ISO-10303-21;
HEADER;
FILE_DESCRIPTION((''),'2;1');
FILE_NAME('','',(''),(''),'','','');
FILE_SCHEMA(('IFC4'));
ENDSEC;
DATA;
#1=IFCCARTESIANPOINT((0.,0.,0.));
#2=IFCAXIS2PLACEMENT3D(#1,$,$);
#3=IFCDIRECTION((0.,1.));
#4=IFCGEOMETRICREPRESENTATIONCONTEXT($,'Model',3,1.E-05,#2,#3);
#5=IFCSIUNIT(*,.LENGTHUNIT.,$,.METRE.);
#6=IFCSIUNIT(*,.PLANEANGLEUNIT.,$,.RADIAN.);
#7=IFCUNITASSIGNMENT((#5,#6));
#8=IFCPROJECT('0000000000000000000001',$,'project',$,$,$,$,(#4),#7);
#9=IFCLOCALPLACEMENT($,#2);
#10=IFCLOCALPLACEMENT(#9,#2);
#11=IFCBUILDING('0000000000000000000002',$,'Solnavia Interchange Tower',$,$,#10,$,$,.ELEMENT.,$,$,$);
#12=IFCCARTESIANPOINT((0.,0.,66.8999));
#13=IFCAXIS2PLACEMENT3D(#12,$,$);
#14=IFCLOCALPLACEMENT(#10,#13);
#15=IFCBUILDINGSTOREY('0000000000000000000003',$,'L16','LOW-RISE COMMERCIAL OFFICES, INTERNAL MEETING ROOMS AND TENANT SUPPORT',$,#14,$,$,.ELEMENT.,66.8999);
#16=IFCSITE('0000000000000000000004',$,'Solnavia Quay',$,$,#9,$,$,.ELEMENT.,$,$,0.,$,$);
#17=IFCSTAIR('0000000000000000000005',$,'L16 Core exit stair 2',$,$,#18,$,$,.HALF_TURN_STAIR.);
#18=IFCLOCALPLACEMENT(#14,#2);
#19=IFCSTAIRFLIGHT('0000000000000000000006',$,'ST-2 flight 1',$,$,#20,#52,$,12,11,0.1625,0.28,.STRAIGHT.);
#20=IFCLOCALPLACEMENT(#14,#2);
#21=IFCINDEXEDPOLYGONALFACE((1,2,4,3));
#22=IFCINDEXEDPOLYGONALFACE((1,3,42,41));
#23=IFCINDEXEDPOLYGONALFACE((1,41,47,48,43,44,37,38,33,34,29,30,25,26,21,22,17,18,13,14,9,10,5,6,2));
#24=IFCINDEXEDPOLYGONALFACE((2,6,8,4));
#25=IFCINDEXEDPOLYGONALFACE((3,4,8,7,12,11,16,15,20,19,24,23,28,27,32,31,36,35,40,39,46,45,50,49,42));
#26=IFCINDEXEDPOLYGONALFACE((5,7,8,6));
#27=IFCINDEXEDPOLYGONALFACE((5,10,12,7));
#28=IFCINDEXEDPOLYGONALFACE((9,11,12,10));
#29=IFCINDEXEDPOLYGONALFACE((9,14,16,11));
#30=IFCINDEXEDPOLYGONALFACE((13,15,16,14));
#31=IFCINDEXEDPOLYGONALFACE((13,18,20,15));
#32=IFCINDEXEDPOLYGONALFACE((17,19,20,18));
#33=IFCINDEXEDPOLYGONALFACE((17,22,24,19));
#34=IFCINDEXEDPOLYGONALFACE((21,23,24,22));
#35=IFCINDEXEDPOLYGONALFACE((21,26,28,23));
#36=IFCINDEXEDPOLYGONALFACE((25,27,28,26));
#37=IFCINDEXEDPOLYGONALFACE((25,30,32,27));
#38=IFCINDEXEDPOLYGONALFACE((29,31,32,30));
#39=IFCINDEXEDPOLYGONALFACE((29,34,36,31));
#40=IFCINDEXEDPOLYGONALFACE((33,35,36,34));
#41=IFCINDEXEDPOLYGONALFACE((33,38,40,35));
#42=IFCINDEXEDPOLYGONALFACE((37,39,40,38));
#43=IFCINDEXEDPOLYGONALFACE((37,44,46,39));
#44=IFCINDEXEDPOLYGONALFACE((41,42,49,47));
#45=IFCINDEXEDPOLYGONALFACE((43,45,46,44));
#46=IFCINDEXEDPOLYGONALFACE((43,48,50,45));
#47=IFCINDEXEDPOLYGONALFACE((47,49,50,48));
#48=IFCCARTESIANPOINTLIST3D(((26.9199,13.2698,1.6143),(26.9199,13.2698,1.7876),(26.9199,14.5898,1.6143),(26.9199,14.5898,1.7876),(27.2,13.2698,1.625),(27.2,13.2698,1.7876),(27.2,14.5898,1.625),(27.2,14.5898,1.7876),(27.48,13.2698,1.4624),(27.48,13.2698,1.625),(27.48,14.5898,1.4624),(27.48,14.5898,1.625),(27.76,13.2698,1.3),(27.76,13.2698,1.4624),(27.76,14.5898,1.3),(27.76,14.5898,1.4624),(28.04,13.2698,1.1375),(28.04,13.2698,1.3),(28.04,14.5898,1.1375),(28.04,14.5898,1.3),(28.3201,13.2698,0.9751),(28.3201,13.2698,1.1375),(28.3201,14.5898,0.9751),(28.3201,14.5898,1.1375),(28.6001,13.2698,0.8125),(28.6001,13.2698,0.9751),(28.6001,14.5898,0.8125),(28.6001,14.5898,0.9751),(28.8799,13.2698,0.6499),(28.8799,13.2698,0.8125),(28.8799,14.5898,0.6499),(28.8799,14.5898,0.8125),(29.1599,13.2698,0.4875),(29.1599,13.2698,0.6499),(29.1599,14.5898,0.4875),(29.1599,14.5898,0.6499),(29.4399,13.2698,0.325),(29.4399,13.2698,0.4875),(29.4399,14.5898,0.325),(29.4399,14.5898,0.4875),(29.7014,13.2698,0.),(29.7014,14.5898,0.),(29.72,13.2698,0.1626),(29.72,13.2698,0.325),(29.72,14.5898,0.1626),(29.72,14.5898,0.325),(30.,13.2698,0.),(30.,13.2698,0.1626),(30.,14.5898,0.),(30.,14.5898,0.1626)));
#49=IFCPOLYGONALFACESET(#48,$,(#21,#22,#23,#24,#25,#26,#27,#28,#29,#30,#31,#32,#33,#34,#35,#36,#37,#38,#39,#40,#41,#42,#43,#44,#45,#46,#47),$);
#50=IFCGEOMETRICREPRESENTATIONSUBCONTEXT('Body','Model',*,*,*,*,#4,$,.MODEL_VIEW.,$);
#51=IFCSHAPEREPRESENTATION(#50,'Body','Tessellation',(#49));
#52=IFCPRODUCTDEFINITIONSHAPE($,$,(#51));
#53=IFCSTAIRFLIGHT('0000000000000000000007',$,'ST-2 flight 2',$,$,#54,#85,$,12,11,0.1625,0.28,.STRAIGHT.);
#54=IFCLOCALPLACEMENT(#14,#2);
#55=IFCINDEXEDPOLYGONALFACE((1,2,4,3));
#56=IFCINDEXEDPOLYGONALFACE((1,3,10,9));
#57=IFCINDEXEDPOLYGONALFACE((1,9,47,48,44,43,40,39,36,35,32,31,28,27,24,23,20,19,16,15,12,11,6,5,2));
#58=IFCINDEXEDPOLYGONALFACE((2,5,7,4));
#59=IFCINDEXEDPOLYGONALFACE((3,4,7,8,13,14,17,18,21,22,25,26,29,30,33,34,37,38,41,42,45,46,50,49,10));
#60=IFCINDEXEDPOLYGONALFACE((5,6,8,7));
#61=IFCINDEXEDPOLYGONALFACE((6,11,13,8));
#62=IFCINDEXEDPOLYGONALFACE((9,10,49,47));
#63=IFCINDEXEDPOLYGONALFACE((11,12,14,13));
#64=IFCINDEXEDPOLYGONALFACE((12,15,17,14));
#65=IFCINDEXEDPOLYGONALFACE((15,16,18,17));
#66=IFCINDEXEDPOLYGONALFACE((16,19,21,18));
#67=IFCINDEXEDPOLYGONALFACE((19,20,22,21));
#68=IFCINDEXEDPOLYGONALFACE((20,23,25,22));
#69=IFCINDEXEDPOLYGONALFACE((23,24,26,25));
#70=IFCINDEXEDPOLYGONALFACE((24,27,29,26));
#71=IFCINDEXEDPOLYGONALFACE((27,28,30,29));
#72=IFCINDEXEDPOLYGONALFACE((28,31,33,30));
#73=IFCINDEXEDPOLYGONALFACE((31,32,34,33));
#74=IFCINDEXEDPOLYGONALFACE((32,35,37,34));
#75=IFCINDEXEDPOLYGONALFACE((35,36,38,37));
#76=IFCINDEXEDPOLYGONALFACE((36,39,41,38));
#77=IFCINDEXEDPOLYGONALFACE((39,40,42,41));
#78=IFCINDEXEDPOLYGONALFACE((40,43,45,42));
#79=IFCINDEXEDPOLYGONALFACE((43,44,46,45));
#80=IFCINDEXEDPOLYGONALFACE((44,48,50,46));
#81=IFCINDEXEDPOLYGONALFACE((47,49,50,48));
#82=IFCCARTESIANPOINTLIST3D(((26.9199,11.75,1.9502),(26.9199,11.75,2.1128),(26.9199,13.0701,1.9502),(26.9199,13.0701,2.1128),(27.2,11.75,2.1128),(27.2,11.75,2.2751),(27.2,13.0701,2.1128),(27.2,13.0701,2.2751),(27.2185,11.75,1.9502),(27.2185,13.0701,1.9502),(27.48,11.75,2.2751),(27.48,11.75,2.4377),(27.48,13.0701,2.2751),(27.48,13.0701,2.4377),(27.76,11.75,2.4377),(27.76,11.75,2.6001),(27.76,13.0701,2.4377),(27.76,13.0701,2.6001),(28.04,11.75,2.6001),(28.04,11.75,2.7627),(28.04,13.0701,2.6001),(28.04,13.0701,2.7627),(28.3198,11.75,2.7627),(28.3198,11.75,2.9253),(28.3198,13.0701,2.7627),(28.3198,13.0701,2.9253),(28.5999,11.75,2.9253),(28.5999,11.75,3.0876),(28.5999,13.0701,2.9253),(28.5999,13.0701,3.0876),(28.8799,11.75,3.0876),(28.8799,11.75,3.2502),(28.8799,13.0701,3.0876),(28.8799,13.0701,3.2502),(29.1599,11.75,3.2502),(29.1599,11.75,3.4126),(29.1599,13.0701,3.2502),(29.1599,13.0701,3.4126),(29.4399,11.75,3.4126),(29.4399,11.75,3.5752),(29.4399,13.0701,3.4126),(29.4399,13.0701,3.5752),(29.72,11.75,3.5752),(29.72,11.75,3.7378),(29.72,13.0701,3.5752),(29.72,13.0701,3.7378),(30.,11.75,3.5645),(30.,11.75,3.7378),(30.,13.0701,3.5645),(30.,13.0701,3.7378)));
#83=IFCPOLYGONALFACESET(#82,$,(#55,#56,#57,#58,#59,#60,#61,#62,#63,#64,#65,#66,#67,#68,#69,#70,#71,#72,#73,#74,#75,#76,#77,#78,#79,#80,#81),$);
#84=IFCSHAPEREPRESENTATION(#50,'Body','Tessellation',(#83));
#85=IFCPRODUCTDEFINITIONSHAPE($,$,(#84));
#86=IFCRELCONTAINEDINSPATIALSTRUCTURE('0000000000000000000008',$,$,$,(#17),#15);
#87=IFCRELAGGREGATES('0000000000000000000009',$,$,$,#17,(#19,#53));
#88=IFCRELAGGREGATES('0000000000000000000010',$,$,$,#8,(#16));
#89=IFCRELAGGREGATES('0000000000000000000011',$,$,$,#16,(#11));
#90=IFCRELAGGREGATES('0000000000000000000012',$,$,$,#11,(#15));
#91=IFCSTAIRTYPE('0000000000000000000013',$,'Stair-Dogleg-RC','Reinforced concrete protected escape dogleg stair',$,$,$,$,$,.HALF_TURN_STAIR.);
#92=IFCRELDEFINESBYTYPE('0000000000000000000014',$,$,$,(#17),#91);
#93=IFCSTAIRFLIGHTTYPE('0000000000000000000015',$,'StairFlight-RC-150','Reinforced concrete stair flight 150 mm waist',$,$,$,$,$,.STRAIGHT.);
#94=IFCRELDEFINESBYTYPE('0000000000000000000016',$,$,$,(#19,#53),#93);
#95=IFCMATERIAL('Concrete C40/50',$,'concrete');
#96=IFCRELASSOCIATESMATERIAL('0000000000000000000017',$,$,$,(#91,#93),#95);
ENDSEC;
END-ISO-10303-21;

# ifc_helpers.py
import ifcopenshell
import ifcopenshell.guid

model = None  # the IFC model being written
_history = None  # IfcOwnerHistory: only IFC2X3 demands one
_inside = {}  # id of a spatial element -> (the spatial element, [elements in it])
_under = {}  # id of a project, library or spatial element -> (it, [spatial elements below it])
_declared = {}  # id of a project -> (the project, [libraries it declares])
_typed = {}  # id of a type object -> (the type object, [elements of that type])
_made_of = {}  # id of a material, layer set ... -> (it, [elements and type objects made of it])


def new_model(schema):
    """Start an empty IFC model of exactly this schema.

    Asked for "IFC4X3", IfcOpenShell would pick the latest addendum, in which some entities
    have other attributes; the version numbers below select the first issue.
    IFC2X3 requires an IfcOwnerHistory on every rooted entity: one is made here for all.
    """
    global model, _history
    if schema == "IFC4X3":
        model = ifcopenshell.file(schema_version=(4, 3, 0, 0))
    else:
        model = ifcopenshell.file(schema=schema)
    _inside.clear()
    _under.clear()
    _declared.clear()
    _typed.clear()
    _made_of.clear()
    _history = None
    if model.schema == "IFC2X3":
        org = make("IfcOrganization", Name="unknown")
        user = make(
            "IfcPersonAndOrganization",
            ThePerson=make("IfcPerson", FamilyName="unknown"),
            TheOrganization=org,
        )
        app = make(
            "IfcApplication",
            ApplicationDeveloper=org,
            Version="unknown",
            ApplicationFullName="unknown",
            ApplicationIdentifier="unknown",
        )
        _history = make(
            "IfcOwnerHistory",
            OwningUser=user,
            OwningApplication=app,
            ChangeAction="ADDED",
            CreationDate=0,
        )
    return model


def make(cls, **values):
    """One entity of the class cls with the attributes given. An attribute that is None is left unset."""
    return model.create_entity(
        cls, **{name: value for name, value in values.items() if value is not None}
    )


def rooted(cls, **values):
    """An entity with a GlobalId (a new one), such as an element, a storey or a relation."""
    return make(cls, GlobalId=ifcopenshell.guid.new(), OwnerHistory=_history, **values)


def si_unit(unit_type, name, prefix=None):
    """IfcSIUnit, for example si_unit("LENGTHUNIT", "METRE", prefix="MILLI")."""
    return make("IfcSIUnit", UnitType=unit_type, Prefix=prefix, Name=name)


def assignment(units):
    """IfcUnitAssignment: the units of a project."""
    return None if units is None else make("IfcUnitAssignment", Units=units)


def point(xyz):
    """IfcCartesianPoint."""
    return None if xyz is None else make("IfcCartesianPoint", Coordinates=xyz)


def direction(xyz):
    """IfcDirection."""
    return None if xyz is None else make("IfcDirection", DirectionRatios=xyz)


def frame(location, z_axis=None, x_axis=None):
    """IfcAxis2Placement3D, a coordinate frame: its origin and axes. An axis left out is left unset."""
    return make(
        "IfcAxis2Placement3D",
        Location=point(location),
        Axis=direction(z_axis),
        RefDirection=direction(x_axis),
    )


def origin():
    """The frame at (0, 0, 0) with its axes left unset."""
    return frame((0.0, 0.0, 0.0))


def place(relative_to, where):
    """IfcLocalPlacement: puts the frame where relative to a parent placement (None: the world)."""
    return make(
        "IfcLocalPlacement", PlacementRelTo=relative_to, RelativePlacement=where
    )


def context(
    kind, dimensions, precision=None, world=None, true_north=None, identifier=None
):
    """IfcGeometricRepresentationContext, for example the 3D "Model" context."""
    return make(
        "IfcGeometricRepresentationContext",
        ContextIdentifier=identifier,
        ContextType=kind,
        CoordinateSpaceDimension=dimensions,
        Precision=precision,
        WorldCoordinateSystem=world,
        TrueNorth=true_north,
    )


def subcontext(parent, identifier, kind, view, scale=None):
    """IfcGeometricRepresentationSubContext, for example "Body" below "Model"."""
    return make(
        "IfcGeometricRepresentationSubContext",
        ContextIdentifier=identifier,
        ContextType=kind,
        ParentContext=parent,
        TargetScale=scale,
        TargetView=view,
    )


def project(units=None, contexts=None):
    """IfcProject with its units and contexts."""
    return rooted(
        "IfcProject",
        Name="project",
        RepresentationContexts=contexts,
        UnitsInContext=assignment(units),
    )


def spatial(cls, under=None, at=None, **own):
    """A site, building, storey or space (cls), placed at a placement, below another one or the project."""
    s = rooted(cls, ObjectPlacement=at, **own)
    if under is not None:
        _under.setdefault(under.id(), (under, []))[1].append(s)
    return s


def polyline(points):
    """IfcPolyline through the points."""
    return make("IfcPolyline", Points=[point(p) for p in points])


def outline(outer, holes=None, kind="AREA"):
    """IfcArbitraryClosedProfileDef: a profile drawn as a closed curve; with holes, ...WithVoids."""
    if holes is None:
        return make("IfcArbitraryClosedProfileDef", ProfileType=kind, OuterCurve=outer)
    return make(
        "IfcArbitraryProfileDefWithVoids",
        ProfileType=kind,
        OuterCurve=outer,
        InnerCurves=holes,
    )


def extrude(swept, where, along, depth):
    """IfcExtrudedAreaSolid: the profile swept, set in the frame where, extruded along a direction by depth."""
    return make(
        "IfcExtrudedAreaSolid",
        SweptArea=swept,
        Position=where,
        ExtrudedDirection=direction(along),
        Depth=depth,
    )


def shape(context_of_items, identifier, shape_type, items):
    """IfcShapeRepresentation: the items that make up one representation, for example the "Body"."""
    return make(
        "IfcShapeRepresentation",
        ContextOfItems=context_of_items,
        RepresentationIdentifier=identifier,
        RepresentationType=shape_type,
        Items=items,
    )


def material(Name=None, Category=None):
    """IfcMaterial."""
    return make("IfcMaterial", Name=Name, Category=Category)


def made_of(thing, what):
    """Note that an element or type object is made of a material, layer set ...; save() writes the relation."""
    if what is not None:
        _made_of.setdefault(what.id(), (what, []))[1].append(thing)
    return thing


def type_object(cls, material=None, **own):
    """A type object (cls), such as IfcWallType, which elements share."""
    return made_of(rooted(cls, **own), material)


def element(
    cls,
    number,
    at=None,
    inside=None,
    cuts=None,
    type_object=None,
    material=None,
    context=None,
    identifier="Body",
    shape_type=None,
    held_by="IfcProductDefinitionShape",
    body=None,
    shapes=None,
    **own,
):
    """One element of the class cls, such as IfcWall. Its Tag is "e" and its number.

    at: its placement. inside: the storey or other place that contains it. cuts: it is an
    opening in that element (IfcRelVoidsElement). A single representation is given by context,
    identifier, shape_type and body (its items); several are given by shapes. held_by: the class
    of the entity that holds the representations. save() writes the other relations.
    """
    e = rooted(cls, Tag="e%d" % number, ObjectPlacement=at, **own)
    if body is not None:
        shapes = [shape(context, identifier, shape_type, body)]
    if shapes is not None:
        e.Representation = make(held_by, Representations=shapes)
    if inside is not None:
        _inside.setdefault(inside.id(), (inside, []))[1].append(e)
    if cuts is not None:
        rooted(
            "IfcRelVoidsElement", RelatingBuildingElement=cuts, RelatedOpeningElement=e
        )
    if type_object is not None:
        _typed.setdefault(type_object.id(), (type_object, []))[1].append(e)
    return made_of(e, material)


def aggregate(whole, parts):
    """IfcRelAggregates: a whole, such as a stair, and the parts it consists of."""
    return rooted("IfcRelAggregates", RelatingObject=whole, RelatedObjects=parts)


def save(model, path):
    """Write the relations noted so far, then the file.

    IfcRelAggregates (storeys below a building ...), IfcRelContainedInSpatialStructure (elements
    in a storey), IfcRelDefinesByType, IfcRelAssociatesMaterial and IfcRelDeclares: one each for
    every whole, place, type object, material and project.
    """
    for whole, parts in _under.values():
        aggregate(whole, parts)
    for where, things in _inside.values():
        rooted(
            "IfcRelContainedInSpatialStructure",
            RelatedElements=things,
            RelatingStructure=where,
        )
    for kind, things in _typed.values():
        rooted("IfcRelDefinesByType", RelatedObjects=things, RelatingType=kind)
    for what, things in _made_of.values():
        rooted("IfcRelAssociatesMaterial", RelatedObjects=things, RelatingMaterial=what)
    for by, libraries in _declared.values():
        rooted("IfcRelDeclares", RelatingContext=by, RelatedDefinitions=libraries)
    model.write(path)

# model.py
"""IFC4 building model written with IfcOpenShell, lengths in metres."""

from ifc_helpers import new_model, si_unit, direction, frame, origin, place, context, subcontext, project, spatial, polyline, outline, extrude, material, type_object, element, aggregate, save


model = new_model("IFC4")

# Units and contexts
model_context = context("Model", 3, precision=1e-05, world=origin(), true_north=direction((0.0, 1.0)))
body_context = subcontext(model_context, "Body", "Model", "MODEL_VIEW")
ifc_project = project(units=[si_unit("LENGTHUNIT", "METRE"), si_unit("PLANEANGLEUNIT", "RADIAN")], contexts=[model_context])

# Site, building, storey
site_placement = place(None, origin())
site = spatial("IfcSite", under=ifc_project, at=site_placement, Name="Solnavia Quay", CompositionType="ELEMENT", RefElevation=0.0)
building_placement = place(site_placement, origin())
building = spatial("IfcBuilding", under=site, at=building_placement, Name="Solnavia Interchange Tower", CompositionType="ELEMENT")
storey_placement = place(building_placement, frame((0.0, 0.0, 66.8999)))
storey = spatial("IfcBuildingStorey", under=building, at=storey_placement, Name="L16", Description="LOW-RISE COMMERCIAL OFFICES, INTERNAL MEETING ROOMS AND TENANT SUPPORT", CompositionType="ELEMENT", Elevation=66.8999)

# Shared definitions
ifc_material_1 = material(Name="Concrete C40/50", Category="concrete")

# Stair, stair flights
stair_type = type_object("IfcStairType", Name="Stair-Dogleg-RC", Description="Reinforced concrete protected escape dogleg stair", PredefinedType="HALF_TURN_STAIR", material=ifc_material_1)
stair_placement = place(storey_placement, origin())
stair = element("IfcStair", 1, at=stair_placement, inside=storey, type_object=stair_type, Name="L16 Core exit stair 2", PredefinedType="HALF_TURN_STAIR")
stair_flight_type = type_object("IfcStairFlightType", Name="StairFlight-RC-150", Description="Reinforced concrete stair flight 150 mm waist", PredefinedType="STRAIGHT", material=ifc_material_1)
stair_flight_1_placement = place(storey_placement, frame((30.0, 13.9299, 0.0), z_axis=(0.0, 0.0, 1.0), x_axis=(-1.0, 0.0, 0.0)))
stair_flight_1 = element("IfcStairFlight", 2, at=stair_flight_1_placement, type_object=stair_flight_type, Name="ST-2 flight 1", NumberOfRisers=12, NumberOfTreads=11, PredefinedType="STRAIGHT", RiserHeight=0.1625, TreadLength=0.28, context=body_context, shape_type="SweptSolid", body=[
    extrude(outline(polyline([(0.0, 0.0), (0.0, 0.1626), (0.28, 0.1626), (0.28, 0.325), (0.5601, 0.325), (0.5601, 0.4875), (0.8401, 0.4875), (0.8401, 0.6499), (1.1201, 0.6499), (1.1201, 0.8125), (1.3999, 0.8125), (1.3999, 0.9751), (1.6799, 0.9751), (1.6799, 1.1375), (1.96, 1.1375), (1.96, 1.3), (2.24, 1.3), (2.24, 1.4624), (2.52, 1.4624), (2.52, 1.625), (2.8, 1.625), (2.8, 1.7876), (3.0801, 1.7876), (3.0801, 1.95), (3.0801, 1.6143), (0.2986, 0.0), (0.0, 0.0)])), frame((0.0, 0.6602, 0.0), z_axis=(0.0, -1.0, 0.0), x_axis=(1.0, 0.0, 0.0)), (0.0, 0.0, 1.0), 1.3201),
])
stair_flight_2_placement = place(storey_placement, frame((26.9199, 12.4099, 1.9502), z_axis=(0.0, 0.0, 1.0), x_axis=(1.0, 0.0, 0.0)))
stair_flight_2 = element("IfcStairFlight", 3, at=stair_flight_2_placement, type_object=stair_flight_type, Name="ST-2 flight 2", NumberOfRisers=12, NumberOfTreads=11, PredefinedType="STRAIGHT", RiserHeight=0.1625, TreadLength=0.28, context=body_context, shape_type="SweptSolid", body=[
    extrude(outline(polyline([(0.0, 0.0), (0.0, 0.1626), (0.28, 0.1626), (0.28, 0.325), (0.5601, 0.325), (0.5601, 0.4875), (0.8401, 0.4875), (0.8401, 0.6499), (1.1201, 0.6499), (1.1201, 0.8125), (1.3999, 0.8125), (1.3999, 0.9751), (1.6799, 0.9751), (1.6799, 1.1375), (1.96, 1.1375), (1.96, 1.3), (2.24, 1.3), (2.24, 1.4624), (2.52, 1.4624), (2.52, 1.625), (2.8, 1.625), (2.8, 1.7876), (3.0801, 1.7876), (3.0801, 1.95), (3.0801, 1.6143), (0.2986, 0.0), (0.0, 0.0)])), frame((0.0, 0.6602, 0.0), z_axis=(0.0, -1.0, 0.0), x_axis=(1.0, 0.0, 0.0)), (0.0, 0.0, 1.0), 1.3201),
])
aggregate(stair, [stair_flight_1, stair_flight_2])

save(model, "model.ifc")
